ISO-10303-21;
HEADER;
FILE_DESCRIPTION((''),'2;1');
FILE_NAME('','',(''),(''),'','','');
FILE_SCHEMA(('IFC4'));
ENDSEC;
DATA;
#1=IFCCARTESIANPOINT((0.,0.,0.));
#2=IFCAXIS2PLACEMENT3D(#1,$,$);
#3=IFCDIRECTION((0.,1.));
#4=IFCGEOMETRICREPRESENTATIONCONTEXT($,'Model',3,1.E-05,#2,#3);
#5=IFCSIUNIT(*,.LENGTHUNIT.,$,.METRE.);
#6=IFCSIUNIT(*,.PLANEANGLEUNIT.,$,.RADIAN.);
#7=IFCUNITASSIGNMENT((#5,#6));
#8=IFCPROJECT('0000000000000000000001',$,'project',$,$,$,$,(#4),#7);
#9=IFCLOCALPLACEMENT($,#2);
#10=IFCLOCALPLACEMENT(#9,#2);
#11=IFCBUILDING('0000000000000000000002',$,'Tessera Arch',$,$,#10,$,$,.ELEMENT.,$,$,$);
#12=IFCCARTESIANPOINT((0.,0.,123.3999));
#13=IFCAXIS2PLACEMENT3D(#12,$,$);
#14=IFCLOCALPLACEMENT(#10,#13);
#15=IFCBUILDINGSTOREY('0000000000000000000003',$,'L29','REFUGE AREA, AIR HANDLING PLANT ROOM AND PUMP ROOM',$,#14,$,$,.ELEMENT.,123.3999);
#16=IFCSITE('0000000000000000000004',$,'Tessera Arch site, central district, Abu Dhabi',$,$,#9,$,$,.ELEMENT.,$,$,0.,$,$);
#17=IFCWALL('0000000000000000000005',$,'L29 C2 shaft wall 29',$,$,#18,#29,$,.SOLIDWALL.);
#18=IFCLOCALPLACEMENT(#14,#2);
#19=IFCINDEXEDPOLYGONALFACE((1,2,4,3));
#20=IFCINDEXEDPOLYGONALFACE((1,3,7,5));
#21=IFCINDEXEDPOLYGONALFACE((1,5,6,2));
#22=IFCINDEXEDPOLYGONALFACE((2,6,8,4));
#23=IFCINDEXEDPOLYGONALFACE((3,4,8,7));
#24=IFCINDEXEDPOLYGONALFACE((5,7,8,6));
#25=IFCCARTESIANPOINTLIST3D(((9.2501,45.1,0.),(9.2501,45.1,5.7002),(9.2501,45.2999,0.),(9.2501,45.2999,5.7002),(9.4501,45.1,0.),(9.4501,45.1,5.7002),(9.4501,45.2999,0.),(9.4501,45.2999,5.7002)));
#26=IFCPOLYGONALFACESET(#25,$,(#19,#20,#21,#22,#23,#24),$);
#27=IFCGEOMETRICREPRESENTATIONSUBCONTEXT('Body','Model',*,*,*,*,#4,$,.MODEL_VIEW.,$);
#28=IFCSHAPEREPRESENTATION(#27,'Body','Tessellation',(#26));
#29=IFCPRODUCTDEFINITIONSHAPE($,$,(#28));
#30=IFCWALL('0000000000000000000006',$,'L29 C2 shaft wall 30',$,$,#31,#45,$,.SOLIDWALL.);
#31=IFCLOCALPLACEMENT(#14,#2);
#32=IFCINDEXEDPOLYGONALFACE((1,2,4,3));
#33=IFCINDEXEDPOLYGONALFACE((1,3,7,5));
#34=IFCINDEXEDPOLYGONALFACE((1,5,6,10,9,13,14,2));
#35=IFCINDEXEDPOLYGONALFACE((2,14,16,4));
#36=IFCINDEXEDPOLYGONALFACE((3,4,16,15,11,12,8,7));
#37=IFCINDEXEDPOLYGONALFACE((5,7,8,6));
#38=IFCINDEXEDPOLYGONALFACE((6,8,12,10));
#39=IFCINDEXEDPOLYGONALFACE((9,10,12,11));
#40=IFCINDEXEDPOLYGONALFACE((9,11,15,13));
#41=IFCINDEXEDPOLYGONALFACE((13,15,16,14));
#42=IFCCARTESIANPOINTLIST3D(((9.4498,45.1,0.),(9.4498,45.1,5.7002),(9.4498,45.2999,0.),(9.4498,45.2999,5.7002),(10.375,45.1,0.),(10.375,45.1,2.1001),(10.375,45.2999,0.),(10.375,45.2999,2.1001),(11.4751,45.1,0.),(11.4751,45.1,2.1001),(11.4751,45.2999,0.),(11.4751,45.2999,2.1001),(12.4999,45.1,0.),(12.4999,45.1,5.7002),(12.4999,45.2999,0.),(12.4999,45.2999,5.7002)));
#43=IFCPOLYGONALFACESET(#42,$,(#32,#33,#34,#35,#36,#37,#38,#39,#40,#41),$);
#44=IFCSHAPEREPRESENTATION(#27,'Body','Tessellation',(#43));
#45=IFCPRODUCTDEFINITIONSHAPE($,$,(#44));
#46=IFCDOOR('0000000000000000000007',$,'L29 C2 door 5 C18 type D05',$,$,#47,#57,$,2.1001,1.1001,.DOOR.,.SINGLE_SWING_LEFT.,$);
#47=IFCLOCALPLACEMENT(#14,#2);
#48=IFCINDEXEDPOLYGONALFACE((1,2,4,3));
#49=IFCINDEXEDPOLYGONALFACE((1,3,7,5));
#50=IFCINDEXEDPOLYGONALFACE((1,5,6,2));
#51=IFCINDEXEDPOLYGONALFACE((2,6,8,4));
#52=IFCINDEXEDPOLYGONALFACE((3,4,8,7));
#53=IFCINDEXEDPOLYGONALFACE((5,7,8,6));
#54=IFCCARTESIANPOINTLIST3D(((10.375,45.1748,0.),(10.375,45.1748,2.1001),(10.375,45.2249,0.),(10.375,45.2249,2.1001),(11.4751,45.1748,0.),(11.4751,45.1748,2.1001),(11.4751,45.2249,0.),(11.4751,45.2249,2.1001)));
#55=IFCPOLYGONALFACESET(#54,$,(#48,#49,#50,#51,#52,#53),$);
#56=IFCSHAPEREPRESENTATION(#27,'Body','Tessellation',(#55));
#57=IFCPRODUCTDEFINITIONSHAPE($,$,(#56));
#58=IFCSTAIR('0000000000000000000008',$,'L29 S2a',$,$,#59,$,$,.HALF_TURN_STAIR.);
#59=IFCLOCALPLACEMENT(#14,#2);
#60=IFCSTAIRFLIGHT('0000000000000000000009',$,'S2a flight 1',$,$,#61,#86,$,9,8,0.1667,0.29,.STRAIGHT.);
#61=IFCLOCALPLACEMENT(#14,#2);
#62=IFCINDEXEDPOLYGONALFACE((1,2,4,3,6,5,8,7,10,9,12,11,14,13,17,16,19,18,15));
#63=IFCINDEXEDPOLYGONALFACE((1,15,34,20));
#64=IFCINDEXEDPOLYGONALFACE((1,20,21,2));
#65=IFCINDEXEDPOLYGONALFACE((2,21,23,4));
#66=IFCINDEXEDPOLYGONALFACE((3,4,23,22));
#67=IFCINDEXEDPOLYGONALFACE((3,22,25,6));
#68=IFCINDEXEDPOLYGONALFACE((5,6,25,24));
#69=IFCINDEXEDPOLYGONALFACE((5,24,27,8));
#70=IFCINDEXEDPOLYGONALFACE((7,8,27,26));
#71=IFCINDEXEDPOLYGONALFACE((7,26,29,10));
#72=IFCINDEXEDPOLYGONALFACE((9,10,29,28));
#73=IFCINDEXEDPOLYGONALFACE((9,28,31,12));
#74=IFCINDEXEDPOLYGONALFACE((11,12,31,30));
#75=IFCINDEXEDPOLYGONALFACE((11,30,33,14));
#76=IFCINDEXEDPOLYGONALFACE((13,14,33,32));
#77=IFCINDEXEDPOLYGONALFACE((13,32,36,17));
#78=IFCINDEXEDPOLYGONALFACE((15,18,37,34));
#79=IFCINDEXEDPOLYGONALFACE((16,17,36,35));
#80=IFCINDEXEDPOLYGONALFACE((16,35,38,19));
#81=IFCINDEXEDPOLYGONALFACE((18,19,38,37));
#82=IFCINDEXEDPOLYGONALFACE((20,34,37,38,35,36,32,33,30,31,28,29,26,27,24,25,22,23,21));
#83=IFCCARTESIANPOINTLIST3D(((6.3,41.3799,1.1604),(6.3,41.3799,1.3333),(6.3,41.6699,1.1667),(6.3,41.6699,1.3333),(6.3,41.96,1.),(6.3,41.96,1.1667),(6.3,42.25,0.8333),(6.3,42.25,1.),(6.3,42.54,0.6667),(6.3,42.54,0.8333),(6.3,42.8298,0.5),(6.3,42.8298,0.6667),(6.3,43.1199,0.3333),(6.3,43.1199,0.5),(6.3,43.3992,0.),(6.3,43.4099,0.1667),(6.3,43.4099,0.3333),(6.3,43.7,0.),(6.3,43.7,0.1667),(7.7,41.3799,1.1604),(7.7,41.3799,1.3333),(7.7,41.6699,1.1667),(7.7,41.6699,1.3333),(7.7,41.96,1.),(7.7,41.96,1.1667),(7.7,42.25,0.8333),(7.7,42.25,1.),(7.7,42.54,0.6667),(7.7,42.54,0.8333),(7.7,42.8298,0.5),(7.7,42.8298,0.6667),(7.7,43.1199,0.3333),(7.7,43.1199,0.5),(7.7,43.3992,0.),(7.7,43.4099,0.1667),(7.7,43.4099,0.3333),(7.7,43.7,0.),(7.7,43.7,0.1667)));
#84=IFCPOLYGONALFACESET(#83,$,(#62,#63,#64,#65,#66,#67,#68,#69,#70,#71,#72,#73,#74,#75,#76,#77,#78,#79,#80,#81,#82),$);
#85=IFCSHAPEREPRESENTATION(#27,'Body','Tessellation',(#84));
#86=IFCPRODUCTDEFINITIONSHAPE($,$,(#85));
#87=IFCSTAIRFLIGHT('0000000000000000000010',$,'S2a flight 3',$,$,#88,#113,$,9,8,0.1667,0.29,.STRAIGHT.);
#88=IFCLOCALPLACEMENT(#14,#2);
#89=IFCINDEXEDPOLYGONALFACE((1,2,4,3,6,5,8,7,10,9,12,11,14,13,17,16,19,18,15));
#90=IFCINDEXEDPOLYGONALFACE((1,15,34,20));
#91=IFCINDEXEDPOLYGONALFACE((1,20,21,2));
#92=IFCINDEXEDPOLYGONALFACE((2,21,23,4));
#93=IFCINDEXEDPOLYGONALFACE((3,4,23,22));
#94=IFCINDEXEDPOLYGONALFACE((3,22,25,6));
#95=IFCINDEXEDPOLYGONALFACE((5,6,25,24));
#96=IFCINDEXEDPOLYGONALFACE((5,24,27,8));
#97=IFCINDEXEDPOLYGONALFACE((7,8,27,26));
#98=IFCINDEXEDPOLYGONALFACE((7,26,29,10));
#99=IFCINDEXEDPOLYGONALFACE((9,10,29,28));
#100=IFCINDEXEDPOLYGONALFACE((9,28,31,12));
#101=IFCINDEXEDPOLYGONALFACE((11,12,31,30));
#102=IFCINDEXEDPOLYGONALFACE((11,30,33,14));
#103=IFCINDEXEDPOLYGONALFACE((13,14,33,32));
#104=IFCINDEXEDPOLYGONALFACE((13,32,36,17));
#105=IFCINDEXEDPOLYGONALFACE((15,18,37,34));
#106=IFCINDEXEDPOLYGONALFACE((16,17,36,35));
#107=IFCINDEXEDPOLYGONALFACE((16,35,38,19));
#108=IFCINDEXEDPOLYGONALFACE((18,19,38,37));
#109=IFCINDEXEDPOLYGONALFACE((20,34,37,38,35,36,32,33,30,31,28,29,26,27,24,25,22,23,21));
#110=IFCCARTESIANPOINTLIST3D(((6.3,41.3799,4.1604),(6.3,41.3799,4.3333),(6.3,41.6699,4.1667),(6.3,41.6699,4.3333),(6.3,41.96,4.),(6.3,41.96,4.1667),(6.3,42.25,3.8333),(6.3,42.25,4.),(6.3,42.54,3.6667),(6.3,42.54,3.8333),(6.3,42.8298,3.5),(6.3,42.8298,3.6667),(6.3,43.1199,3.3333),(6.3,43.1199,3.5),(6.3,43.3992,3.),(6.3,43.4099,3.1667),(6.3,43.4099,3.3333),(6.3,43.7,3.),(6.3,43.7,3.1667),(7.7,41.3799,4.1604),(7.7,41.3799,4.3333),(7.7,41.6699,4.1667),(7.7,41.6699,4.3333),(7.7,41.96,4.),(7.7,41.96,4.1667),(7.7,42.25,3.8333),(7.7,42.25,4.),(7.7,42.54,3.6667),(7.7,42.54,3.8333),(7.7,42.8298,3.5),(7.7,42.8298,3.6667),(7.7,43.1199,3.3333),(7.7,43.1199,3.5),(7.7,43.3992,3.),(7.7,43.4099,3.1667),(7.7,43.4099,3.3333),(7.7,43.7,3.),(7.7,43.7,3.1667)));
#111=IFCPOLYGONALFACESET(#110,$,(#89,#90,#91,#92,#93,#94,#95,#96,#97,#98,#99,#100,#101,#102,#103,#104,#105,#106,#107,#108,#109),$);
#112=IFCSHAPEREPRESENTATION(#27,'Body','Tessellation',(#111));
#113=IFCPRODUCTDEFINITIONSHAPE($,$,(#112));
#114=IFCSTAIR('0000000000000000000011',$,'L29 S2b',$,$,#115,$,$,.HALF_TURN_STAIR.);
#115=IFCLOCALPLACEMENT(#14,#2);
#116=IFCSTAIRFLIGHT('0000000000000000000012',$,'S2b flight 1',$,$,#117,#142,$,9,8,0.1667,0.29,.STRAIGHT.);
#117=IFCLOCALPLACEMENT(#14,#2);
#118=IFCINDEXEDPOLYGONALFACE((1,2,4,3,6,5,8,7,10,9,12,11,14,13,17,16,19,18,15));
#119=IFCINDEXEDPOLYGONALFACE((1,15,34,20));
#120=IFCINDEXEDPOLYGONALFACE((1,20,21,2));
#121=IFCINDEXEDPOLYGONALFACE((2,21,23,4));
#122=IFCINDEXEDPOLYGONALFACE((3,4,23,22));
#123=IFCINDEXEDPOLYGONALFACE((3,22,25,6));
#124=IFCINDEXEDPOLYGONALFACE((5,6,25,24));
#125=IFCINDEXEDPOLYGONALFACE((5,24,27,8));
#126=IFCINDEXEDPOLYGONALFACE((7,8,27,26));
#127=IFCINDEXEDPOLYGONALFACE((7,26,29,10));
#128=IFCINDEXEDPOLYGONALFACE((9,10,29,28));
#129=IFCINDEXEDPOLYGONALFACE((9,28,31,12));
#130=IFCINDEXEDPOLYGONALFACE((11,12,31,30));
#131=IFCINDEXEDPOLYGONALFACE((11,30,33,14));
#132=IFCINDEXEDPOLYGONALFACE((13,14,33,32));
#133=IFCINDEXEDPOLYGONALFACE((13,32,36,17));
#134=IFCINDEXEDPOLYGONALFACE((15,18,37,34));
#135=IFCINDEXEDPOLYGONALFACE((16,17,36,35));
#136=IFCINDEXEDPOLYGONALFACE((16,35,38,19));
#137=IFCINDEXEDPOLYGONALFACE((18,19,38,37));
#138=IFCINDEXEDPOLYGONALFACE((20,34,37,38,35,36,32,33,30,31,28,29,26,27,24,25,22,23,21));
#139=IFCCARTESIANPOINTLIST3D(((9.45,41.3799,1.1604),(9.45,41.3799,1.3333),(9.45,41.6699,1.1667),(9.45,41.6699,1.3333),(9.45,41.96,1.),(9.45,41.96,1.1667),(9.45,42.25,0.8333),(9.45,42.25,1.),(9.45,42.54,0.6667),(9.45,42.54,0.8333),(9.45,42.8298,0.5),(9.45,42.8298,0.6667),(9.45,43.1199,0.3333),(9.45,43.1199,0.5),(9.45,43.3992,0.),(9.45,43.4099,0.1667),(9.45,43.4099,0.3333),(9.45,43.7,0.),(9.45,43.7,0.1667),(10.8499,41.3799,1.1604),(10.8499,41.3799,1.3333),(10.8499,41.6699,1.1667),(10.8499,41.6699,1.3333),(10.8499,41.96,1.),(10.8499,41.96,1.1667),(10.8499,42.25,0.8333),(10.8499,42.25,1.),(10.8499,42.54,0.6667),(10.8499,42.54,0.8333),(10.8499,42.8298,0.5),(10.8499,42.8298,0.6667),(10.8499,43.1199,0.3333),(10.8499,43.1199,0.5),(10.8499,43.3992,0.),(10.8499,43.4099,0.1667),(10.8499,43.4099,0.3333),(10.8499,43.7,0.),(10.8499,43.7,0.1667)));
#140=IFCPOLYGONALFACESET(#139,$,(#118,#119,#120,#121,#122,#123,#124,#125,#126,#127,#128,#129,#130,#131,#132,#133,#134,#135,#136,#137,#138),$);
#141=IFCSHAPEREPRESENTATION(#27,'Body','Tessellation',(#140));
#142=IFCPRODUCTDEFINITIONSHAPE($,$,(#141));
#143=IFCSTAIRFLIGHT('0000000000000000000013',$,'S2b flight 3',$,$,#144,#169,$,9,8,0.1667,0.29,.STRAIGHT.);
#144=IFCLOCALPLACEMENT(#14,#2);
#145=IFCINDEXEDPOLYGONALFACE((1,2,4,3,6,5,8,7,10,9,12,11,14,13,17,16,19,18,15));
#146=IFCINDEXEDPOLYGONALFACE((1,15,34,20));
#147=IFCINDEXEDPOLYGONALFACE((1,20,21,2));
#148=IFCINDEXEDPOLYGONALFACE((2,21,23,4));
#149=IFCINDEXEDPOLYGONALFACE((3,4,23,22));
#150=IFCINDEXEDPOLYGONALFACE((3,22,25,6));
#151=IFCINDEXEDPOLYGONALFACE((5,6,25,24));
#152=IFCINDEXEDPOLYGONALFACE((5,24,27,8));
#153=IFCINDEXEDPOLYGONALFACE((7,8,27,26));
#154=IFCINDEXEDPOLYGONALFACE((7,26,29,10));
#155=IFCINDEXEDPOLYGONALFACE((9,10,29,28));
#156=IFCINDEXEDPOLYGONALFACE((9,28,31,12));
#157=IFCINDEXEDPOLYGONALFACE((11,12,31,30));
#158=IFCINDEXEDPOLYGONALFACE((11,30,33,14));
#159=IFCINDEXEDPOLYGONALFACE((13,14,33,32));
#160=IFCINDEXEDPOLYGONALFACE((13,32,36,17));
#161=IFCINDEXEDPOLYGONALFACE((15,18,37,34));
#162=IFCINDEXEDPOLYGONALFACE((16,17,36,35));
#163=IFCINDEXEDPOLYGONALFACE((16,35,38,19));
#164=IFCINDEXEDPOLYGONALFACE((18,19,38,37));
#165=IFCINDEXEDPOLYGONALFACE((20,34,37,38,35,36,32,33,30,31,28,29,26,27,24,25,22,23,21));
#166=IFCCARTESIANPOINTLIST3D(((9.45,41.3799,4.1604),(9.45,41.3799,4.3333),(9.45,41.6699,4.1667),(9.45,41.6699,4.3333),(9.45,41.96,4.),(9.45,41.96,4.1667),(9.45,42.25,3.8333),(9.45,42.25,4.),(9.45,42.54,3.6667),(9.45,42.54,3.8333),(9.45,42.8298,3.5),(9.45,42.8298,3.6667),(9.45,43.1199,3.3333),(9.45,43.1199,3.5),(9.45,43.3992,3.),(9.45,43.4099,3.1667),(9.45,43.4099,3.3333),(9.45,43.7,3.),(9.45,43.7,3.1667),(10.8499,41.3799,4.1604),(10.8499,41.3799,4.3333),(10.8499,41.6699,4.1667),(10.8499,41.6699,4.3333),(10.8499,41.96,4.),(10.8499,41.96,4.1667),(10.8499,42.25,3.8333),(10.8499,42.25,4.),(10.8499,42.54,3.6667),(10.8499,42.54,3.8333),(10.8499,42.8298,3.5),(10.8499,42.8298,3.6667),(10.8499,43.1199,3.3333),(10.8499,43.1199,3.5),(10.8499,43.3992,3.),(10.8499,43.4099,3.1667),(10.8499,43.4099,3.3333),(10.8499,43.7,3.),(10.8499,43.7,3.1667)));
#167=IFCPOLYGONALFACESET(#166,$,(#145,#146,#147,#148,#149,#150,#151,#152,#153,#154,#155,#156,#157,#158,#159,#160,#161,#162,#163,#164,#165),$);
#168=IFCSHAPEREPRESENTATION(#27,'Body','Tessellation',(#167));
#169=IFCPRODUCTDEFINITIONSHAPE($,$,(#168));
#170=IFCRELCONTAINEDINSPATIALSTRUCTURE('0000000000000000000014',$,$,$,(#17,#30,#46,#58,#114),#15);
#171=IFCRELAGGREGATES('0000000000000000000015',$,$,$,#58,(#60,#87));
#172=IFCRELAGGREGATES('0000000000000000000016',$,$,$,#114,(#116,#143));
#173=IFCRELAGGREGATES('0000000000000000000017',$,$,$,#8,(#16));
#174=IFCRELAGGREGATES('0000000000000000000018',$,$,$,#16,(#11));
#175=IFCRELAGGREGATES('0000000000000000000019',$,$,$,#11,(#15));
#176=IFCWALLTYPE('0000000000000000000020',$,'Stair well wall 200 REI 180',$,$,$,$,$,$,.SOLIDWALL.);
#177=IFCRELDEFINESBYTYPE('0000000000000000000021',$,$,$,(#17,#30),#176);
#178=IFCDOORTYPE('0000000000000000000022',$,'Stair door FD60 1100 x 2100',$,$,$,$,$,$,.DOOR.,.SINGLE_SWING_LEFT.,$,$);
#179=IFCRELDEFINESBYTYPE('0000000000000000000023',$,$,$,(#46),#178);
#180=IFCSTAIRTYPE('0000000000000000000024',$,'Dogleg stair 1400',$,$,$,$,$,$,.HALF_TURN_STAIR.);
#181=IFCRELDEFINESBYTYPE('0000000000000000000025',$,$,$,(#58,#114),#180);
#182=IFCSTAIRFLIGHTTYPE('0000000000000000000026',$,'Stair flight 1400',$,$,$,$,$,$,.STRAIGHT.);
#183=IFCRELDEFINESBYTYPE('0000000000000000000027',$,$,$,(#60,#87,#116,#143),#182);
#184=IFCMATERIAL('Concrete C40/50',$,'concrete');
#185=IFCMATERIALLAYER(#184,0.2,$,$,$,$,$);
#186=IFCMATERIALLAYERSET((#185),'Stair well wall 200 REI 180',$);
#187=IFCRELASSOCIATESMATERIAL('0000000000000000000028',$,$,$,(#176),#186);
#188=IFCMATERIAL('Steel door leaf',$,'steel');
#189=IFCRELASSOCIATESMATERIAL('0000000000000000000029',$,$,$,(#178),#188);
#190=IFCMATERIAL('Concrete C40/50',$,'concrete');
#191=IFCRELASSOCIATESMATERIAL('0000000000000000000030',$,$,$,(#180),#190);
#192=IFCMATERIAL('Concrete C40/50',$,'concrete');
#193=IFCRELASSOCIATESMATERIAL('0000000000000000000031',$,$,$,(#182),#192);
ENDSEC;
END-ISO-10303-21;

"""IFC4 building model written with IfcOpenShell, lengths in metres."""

from ifc_helpers import new_model, si_unit, direction, frame, frame_2d, origin, place, context, subcontext, project, spatial, polyline, rectangle, outline, extrude, material, layer, layer_set, type_object, element, fill, aggregate, save


model = new_model("IFC4")

# Units and contexts
model_context = context("Model", 3, precision=1e-05, world=origin(), true_north=direction((0.0, 1.0)))
body_context = subcontext(model_context, "Body", "Model", "MODEL_VIEW")
ifc_project = project(units=[si_unit("LENGTHUNIT", "METRE"), si_unit("PLANEANGLEUNIT", "RADIAN")], contexts=[model_context])

# Site, building, storey
site_placement = place(None, origin())
site = spatial("IfcSite", under=ifc_project, at=site_placement, Name="Tessera Arch site, central district, Abu Dhabi", CompositionType="ELEMENT", RefElevation=0.0)
building_placement = place(site_placement, origin())
building = spatial("IfcBuilding", under=site, at=building_placement, Name="Tessera Arch", CompositionType="ELEMENT")
storey_placement = place(building_placement, frame((0.0, 0.0, 123.3999)))
storey = spatial("IfcBuildingStorey", under=building, at=storey_placement, Name="L29", Description="REFUGE AREA, AIR HANDLING PLANT ROOM AND PUMP ROOM", CompositionType="ELEMENT", Elevation=123.3999)

# Shared definitions
ifc_material_1 = material(Name="Concrete C40/50", Category="concrete")
ifc_layer_1 = layer(ifc_material_1, 0.2)
ifc_layer_set_1 = layer_set([ifc_layer_1], Name="Stair well wall 200 REI 180")
wall_type_1 = type_object("IfcWallType", Name="Stair well wall 200 REI 180", PredefinedType="SOLIDWALL", material=ifc_layer_set_1)

# Shared definitions
ifc_material_2 = material(Name="Steel door leaf", Category="steel")
door_type_1 = type_object("IfcDoorType", Name="Stair door FD60 1100 x 2100", OperationType="SINGLE_SWING_LEFT", PredefinedType="DOOR", material=ifc_material_2)

# Wall
wall_1_placement = place(storey_placement, frame((9.25, 45.2, 0.0), z_axis=(0.0, 0.0, 1.0), x_axis=(1.0, 0.0, 0.0)))
element("IfcWall", 1, at=wall_1_placement, inside=storey, type_object=wall_type_1, Name="L29 C2 shaft wall 29", PredefinedType="SOLIDWALL", context=body_context, shape_type="SweptSolid", body=[
    extrude(rectangle(XDim=0.2, YDim=0.2, at=frame_2d((0.1001, 0.0))), origin(), (0.0, 0.0, 1.0), 5.7002),
])

# Wall, opening, door
wall_2_placement = place(storey_placement, frame((9.45, 45.2, 0.0), z_axis=(0.0, 0.0, 1.0), x_axis=(1.0, 0.0, 0.0)))
wall_2 = element("IfcWall", 2, at=wall_2_placement, inside=storey, type_object=wall_type_1, Name="L29 C2 shaft wall 30", PredefinedType="SOLIDWALL", context=body_context, shape_type="SweptSolid", body=[
    extrude(rectangle(XDim=3.05, YDim=0.2, at=frame_2d((1.5249, 0.0))), origin(), (0.0, 0.0, 1.0), 5.7002),
])
opening_1_placement = place(wall_2_placement, frame((0.925, 0.0, 0.0)))
opening_1 = element("IfcOpeningElement", 3, at=opening_1_placement, cuts=wall_2, PredefinedType="OPENING", context=body_context, shape_type="SweptSolid", body=[
    extrude(rectangle(XDim=1.1001, YDim=2.1001, at=frame_2d((0.55, 1.05))), frame((0.0, 0.1099, 0.0), z_axis=(0.0, -1.0, 0.0), x_axis=(1.0, 0.0, 0.0)), (0.0, 0.0, 1.0), 0.22),
])
door_1_placement = place(opening_1_placement, origin())
door_1 = element("IfcDoor", 4, at=door_1_placement, inside=storey, type_object=door_type_1, Name="L29 C2 door 5 C18 type D05", OperationType="SINGLE_SWING_LEFT", OverallHeight=2.1001, OverallWidth=1.1001, PredefinedType="DOOR", context=body_context, shape_type="SweptSolid", body=[
    extrude(rectangle(XDim=1.1001, YDim=2.1001, at=frame_2d((0.55, 1.05))), frame((0.0, 0.0249, 0.0), z_axis=(0.0, -1.0, 0.0), x_axis=(1.0, 0.0, 0.0)), (0.0, 0.0, 1.0), 0.05),
])
fill(opening_1, door_1)

# Stairs, stair flights
ifc_material_3 = material(Name="Concrete C40/50", Category="concrete")
stair_type = type_object("IfcStairType", Name="Dogleg stair 1400", PredefinedType="HALF_TURN_STAIR", material=ifc_material_3)
stair_1_placement = place(storey_placement, origin())
stair_1 = element("IfcStair", 5, at=stair_1_placement, inside=storey, type_object=stair_type, Name="L29 S2a", PredefinedType="HALF_TURN_STAIR")
ifc_material_4 = material(Name="Concrete C40/50", Category="concrete")
stair_flight_type = type_object("IfcStairFlightType", Name="Stair flight 1400", PredefinedType="STRAIGHT", material=ifc_material_4)
stair_flight_1_placement = place(storey_placement, frame((7.0, 43.7, 0.0), z_axis=(0.0, 0.0, 1.0), x_axis=(0.0, -1.0, 0.0)))
stair_flight_1 = element("IfcStairFlight", 6, at=stair_flight_1_placement, type_object=stair_flight_type, Name="S2a flight 1", NumberOfRisers=9, NumberOfTreads=8, PredefinedType="STRAIGHT", RiserHeight=0.1667, TreadLength=0.29, context=body_context, shape_type="SweptSolid", body=[
    extrude(outline(polyline([(0.0, 0.0), (0.0, 0.1667), (0.29, 0.1667), (0.29, 0.3333), (0.5801, 0.3333), (0.5801, 0.5), (0.8701, 0.5), (0.8701, 0.6667), (1.1599, 0.6667), (1.1599, 0.8333), (1.45, 0.8333), (1.45, 1.0), (1.74, 1.0), (1.74, 1.1667), (2.03, 1.1667), (2.03, 1.3333), (2.3201, 1.3333), (2.3201, 1.5), (2.3201, 1.1604), (0.3008, 0.0), (0.0, 0.0)])), frame((0.0, 0.7, 0.0), z_axis=(0.0, -1.0, 0.0), x_axis=(1.0, 0.0, 0.0)), (0.0, 0.0, 1.0), 1.3999),
])
stair_flight_2_placement = place(storey_placement, frame((7.0, 43.7, 3.0), z_axis=(0.0, 0.0, 1.0), x_axis=(0.0, -1.0, 0.0)))
stair_flight_2 = element("IfcStairFlight", 7, at=stair_flight_2_placement, type_object=stair_flight_type, Name="S2a flight 3", NumberOfRisers=9, NumberOfTreads=8, PredefinedType="STRAIGHT", RiserHeight=0.1667, TreadLength=0.29, context=body_context, shape_type="SweptSolid", body=[
    extrude(outline(polyline([(0.0, 0.0), (0.0, 0.1667), (0.29, 0.1667), (0.29, 0.3333), (0.5801, 0.3333), (0.5801, 0.5), (0.8701, 0.5), (0.8701, 0.6667), (1.1599, 0.6667), (1.1599, 0.8333), (1.45, 0.8333), (1.45, 1.0), (1.74, 1.0), (1.74, 1.1667), (2.03, 1.1667), (2.03, 1.3333), (2.3201, 1.3333), (2.3201, 1.5), (2.3201, 1.1604), (0.3008, 0.0), (0.0, 0.0)])), frame((0.0, 0.7, 0.0), z_axis=(0.0, -1.0, 0.0), x_axis=(1.0, 0.0, 0.0)), (0.0, 0.0, 1.0), 1.3999),
])
aggregate(stair_1, [stair_flight_1, stair_flight_2])
stair_2_placement = place(storey_placement, origin())
stair_2 = element("IfcStair", 8, at=stair_2_placement, inside=storey, type_object=stair_type, Name="L29 S2b", PredefinedType="HALF_TURN_STAIR")
stair_flight_3_placement = place(storey_placement, frame((10.1499, 43.7, 0.0), z_axis=(0.0, 0.0, 1.0), x_axis=(0.0, -1.0, 0.0)))
stair_flight_3 = element("IfcStairFlight", 9, at=stair_flight_3_placement, type_object=stair_flight_type, Name="S2b flight 1", NumberOfRisers=9, NumberOfTreads=8, PredefinedType="STRAIGHT", RiserHeight=0.1667, TreadLength=0.29, context=body_context, shape_type="SweptSolid", body=[
    extrude(outline(polyline([(0.0, 0.0), (0.0, 0.1667), (0.29, 0.1667), (0.29, 0.3333), (0.5801, 0.3333), (0.5801, 0.5), (0.8701, 0.5), (0.8701, 0.6667), (1.1599, 0.6667), (1.1599, 0.8333), (1.45, 0.8333), (1.45, 1.0), (1.74, 1.0), (1.74, 1.1667), (2.03, 1.1667), (2.03, 1.3333), (2.3201, 1.3333), (2.3201, 1.5), (2.3201, 1.1604), (0.3008, 0.0), (0.0, 0.0)])), frame((0.0, 0.7, 0.0), z_axis=(0.0, -1.0, 0.0), x_axis=(1.0, 0.0, 0.0)), (0.0, 0.0, 1.0), 1.3999),
])
stair_flight_4_placement = place(storey_placement, frame((10.1499, 43.7, 3.0), z_axis=(0.0, 0.0, 1.0), x_axis=(0.0, -1.0, 0.0)))
stair_flight_4 = element("IfcStairFlight", 10, at=stair_flight_4_placement, type_object=stair_flight_type, Name="S2b flight 3", NumberOfRisers=9, NumberOfTreads=8, PredefinedType="STRAIGHT", RiserHeight=0.1667, TreadLength=0.29, context=body_context, shape_type="SweptSolid", body=[
    extrude(outline(polyline([(0.0, 0.0), (0.0, 0.1667), (0.29, 0.1667), (0.29, 0.3333), (0.5801, 0.3333), (0.5801, 0.5), (0.8701, 0.5), (0.8701, 0.6667), (1.1599, 0.6667), (1.1599, 0.8333), (1.45, 0.8333), (1.45, 1.0), (1.74, 1.0), (1.74, 1.1667), (2.03, 1.1667), (2.03, 1.3333), (2.3201, 1.3333), (2.3201, 1.5), (2.3201, 1.1604), (0.3008, 0.0), (0.0, 0.0)])), frame((0.0, 0.7, 0.0), z_axis=(0.0, -1.0, 0.0), x_axis=(1.0, 0.0, 0.0)), (0.0, 0.0, 1.0), 1.3999),
])
aggregate(stair_2, [stair_flight_3, stair_flight_4])

save(model, "model.ifc")
